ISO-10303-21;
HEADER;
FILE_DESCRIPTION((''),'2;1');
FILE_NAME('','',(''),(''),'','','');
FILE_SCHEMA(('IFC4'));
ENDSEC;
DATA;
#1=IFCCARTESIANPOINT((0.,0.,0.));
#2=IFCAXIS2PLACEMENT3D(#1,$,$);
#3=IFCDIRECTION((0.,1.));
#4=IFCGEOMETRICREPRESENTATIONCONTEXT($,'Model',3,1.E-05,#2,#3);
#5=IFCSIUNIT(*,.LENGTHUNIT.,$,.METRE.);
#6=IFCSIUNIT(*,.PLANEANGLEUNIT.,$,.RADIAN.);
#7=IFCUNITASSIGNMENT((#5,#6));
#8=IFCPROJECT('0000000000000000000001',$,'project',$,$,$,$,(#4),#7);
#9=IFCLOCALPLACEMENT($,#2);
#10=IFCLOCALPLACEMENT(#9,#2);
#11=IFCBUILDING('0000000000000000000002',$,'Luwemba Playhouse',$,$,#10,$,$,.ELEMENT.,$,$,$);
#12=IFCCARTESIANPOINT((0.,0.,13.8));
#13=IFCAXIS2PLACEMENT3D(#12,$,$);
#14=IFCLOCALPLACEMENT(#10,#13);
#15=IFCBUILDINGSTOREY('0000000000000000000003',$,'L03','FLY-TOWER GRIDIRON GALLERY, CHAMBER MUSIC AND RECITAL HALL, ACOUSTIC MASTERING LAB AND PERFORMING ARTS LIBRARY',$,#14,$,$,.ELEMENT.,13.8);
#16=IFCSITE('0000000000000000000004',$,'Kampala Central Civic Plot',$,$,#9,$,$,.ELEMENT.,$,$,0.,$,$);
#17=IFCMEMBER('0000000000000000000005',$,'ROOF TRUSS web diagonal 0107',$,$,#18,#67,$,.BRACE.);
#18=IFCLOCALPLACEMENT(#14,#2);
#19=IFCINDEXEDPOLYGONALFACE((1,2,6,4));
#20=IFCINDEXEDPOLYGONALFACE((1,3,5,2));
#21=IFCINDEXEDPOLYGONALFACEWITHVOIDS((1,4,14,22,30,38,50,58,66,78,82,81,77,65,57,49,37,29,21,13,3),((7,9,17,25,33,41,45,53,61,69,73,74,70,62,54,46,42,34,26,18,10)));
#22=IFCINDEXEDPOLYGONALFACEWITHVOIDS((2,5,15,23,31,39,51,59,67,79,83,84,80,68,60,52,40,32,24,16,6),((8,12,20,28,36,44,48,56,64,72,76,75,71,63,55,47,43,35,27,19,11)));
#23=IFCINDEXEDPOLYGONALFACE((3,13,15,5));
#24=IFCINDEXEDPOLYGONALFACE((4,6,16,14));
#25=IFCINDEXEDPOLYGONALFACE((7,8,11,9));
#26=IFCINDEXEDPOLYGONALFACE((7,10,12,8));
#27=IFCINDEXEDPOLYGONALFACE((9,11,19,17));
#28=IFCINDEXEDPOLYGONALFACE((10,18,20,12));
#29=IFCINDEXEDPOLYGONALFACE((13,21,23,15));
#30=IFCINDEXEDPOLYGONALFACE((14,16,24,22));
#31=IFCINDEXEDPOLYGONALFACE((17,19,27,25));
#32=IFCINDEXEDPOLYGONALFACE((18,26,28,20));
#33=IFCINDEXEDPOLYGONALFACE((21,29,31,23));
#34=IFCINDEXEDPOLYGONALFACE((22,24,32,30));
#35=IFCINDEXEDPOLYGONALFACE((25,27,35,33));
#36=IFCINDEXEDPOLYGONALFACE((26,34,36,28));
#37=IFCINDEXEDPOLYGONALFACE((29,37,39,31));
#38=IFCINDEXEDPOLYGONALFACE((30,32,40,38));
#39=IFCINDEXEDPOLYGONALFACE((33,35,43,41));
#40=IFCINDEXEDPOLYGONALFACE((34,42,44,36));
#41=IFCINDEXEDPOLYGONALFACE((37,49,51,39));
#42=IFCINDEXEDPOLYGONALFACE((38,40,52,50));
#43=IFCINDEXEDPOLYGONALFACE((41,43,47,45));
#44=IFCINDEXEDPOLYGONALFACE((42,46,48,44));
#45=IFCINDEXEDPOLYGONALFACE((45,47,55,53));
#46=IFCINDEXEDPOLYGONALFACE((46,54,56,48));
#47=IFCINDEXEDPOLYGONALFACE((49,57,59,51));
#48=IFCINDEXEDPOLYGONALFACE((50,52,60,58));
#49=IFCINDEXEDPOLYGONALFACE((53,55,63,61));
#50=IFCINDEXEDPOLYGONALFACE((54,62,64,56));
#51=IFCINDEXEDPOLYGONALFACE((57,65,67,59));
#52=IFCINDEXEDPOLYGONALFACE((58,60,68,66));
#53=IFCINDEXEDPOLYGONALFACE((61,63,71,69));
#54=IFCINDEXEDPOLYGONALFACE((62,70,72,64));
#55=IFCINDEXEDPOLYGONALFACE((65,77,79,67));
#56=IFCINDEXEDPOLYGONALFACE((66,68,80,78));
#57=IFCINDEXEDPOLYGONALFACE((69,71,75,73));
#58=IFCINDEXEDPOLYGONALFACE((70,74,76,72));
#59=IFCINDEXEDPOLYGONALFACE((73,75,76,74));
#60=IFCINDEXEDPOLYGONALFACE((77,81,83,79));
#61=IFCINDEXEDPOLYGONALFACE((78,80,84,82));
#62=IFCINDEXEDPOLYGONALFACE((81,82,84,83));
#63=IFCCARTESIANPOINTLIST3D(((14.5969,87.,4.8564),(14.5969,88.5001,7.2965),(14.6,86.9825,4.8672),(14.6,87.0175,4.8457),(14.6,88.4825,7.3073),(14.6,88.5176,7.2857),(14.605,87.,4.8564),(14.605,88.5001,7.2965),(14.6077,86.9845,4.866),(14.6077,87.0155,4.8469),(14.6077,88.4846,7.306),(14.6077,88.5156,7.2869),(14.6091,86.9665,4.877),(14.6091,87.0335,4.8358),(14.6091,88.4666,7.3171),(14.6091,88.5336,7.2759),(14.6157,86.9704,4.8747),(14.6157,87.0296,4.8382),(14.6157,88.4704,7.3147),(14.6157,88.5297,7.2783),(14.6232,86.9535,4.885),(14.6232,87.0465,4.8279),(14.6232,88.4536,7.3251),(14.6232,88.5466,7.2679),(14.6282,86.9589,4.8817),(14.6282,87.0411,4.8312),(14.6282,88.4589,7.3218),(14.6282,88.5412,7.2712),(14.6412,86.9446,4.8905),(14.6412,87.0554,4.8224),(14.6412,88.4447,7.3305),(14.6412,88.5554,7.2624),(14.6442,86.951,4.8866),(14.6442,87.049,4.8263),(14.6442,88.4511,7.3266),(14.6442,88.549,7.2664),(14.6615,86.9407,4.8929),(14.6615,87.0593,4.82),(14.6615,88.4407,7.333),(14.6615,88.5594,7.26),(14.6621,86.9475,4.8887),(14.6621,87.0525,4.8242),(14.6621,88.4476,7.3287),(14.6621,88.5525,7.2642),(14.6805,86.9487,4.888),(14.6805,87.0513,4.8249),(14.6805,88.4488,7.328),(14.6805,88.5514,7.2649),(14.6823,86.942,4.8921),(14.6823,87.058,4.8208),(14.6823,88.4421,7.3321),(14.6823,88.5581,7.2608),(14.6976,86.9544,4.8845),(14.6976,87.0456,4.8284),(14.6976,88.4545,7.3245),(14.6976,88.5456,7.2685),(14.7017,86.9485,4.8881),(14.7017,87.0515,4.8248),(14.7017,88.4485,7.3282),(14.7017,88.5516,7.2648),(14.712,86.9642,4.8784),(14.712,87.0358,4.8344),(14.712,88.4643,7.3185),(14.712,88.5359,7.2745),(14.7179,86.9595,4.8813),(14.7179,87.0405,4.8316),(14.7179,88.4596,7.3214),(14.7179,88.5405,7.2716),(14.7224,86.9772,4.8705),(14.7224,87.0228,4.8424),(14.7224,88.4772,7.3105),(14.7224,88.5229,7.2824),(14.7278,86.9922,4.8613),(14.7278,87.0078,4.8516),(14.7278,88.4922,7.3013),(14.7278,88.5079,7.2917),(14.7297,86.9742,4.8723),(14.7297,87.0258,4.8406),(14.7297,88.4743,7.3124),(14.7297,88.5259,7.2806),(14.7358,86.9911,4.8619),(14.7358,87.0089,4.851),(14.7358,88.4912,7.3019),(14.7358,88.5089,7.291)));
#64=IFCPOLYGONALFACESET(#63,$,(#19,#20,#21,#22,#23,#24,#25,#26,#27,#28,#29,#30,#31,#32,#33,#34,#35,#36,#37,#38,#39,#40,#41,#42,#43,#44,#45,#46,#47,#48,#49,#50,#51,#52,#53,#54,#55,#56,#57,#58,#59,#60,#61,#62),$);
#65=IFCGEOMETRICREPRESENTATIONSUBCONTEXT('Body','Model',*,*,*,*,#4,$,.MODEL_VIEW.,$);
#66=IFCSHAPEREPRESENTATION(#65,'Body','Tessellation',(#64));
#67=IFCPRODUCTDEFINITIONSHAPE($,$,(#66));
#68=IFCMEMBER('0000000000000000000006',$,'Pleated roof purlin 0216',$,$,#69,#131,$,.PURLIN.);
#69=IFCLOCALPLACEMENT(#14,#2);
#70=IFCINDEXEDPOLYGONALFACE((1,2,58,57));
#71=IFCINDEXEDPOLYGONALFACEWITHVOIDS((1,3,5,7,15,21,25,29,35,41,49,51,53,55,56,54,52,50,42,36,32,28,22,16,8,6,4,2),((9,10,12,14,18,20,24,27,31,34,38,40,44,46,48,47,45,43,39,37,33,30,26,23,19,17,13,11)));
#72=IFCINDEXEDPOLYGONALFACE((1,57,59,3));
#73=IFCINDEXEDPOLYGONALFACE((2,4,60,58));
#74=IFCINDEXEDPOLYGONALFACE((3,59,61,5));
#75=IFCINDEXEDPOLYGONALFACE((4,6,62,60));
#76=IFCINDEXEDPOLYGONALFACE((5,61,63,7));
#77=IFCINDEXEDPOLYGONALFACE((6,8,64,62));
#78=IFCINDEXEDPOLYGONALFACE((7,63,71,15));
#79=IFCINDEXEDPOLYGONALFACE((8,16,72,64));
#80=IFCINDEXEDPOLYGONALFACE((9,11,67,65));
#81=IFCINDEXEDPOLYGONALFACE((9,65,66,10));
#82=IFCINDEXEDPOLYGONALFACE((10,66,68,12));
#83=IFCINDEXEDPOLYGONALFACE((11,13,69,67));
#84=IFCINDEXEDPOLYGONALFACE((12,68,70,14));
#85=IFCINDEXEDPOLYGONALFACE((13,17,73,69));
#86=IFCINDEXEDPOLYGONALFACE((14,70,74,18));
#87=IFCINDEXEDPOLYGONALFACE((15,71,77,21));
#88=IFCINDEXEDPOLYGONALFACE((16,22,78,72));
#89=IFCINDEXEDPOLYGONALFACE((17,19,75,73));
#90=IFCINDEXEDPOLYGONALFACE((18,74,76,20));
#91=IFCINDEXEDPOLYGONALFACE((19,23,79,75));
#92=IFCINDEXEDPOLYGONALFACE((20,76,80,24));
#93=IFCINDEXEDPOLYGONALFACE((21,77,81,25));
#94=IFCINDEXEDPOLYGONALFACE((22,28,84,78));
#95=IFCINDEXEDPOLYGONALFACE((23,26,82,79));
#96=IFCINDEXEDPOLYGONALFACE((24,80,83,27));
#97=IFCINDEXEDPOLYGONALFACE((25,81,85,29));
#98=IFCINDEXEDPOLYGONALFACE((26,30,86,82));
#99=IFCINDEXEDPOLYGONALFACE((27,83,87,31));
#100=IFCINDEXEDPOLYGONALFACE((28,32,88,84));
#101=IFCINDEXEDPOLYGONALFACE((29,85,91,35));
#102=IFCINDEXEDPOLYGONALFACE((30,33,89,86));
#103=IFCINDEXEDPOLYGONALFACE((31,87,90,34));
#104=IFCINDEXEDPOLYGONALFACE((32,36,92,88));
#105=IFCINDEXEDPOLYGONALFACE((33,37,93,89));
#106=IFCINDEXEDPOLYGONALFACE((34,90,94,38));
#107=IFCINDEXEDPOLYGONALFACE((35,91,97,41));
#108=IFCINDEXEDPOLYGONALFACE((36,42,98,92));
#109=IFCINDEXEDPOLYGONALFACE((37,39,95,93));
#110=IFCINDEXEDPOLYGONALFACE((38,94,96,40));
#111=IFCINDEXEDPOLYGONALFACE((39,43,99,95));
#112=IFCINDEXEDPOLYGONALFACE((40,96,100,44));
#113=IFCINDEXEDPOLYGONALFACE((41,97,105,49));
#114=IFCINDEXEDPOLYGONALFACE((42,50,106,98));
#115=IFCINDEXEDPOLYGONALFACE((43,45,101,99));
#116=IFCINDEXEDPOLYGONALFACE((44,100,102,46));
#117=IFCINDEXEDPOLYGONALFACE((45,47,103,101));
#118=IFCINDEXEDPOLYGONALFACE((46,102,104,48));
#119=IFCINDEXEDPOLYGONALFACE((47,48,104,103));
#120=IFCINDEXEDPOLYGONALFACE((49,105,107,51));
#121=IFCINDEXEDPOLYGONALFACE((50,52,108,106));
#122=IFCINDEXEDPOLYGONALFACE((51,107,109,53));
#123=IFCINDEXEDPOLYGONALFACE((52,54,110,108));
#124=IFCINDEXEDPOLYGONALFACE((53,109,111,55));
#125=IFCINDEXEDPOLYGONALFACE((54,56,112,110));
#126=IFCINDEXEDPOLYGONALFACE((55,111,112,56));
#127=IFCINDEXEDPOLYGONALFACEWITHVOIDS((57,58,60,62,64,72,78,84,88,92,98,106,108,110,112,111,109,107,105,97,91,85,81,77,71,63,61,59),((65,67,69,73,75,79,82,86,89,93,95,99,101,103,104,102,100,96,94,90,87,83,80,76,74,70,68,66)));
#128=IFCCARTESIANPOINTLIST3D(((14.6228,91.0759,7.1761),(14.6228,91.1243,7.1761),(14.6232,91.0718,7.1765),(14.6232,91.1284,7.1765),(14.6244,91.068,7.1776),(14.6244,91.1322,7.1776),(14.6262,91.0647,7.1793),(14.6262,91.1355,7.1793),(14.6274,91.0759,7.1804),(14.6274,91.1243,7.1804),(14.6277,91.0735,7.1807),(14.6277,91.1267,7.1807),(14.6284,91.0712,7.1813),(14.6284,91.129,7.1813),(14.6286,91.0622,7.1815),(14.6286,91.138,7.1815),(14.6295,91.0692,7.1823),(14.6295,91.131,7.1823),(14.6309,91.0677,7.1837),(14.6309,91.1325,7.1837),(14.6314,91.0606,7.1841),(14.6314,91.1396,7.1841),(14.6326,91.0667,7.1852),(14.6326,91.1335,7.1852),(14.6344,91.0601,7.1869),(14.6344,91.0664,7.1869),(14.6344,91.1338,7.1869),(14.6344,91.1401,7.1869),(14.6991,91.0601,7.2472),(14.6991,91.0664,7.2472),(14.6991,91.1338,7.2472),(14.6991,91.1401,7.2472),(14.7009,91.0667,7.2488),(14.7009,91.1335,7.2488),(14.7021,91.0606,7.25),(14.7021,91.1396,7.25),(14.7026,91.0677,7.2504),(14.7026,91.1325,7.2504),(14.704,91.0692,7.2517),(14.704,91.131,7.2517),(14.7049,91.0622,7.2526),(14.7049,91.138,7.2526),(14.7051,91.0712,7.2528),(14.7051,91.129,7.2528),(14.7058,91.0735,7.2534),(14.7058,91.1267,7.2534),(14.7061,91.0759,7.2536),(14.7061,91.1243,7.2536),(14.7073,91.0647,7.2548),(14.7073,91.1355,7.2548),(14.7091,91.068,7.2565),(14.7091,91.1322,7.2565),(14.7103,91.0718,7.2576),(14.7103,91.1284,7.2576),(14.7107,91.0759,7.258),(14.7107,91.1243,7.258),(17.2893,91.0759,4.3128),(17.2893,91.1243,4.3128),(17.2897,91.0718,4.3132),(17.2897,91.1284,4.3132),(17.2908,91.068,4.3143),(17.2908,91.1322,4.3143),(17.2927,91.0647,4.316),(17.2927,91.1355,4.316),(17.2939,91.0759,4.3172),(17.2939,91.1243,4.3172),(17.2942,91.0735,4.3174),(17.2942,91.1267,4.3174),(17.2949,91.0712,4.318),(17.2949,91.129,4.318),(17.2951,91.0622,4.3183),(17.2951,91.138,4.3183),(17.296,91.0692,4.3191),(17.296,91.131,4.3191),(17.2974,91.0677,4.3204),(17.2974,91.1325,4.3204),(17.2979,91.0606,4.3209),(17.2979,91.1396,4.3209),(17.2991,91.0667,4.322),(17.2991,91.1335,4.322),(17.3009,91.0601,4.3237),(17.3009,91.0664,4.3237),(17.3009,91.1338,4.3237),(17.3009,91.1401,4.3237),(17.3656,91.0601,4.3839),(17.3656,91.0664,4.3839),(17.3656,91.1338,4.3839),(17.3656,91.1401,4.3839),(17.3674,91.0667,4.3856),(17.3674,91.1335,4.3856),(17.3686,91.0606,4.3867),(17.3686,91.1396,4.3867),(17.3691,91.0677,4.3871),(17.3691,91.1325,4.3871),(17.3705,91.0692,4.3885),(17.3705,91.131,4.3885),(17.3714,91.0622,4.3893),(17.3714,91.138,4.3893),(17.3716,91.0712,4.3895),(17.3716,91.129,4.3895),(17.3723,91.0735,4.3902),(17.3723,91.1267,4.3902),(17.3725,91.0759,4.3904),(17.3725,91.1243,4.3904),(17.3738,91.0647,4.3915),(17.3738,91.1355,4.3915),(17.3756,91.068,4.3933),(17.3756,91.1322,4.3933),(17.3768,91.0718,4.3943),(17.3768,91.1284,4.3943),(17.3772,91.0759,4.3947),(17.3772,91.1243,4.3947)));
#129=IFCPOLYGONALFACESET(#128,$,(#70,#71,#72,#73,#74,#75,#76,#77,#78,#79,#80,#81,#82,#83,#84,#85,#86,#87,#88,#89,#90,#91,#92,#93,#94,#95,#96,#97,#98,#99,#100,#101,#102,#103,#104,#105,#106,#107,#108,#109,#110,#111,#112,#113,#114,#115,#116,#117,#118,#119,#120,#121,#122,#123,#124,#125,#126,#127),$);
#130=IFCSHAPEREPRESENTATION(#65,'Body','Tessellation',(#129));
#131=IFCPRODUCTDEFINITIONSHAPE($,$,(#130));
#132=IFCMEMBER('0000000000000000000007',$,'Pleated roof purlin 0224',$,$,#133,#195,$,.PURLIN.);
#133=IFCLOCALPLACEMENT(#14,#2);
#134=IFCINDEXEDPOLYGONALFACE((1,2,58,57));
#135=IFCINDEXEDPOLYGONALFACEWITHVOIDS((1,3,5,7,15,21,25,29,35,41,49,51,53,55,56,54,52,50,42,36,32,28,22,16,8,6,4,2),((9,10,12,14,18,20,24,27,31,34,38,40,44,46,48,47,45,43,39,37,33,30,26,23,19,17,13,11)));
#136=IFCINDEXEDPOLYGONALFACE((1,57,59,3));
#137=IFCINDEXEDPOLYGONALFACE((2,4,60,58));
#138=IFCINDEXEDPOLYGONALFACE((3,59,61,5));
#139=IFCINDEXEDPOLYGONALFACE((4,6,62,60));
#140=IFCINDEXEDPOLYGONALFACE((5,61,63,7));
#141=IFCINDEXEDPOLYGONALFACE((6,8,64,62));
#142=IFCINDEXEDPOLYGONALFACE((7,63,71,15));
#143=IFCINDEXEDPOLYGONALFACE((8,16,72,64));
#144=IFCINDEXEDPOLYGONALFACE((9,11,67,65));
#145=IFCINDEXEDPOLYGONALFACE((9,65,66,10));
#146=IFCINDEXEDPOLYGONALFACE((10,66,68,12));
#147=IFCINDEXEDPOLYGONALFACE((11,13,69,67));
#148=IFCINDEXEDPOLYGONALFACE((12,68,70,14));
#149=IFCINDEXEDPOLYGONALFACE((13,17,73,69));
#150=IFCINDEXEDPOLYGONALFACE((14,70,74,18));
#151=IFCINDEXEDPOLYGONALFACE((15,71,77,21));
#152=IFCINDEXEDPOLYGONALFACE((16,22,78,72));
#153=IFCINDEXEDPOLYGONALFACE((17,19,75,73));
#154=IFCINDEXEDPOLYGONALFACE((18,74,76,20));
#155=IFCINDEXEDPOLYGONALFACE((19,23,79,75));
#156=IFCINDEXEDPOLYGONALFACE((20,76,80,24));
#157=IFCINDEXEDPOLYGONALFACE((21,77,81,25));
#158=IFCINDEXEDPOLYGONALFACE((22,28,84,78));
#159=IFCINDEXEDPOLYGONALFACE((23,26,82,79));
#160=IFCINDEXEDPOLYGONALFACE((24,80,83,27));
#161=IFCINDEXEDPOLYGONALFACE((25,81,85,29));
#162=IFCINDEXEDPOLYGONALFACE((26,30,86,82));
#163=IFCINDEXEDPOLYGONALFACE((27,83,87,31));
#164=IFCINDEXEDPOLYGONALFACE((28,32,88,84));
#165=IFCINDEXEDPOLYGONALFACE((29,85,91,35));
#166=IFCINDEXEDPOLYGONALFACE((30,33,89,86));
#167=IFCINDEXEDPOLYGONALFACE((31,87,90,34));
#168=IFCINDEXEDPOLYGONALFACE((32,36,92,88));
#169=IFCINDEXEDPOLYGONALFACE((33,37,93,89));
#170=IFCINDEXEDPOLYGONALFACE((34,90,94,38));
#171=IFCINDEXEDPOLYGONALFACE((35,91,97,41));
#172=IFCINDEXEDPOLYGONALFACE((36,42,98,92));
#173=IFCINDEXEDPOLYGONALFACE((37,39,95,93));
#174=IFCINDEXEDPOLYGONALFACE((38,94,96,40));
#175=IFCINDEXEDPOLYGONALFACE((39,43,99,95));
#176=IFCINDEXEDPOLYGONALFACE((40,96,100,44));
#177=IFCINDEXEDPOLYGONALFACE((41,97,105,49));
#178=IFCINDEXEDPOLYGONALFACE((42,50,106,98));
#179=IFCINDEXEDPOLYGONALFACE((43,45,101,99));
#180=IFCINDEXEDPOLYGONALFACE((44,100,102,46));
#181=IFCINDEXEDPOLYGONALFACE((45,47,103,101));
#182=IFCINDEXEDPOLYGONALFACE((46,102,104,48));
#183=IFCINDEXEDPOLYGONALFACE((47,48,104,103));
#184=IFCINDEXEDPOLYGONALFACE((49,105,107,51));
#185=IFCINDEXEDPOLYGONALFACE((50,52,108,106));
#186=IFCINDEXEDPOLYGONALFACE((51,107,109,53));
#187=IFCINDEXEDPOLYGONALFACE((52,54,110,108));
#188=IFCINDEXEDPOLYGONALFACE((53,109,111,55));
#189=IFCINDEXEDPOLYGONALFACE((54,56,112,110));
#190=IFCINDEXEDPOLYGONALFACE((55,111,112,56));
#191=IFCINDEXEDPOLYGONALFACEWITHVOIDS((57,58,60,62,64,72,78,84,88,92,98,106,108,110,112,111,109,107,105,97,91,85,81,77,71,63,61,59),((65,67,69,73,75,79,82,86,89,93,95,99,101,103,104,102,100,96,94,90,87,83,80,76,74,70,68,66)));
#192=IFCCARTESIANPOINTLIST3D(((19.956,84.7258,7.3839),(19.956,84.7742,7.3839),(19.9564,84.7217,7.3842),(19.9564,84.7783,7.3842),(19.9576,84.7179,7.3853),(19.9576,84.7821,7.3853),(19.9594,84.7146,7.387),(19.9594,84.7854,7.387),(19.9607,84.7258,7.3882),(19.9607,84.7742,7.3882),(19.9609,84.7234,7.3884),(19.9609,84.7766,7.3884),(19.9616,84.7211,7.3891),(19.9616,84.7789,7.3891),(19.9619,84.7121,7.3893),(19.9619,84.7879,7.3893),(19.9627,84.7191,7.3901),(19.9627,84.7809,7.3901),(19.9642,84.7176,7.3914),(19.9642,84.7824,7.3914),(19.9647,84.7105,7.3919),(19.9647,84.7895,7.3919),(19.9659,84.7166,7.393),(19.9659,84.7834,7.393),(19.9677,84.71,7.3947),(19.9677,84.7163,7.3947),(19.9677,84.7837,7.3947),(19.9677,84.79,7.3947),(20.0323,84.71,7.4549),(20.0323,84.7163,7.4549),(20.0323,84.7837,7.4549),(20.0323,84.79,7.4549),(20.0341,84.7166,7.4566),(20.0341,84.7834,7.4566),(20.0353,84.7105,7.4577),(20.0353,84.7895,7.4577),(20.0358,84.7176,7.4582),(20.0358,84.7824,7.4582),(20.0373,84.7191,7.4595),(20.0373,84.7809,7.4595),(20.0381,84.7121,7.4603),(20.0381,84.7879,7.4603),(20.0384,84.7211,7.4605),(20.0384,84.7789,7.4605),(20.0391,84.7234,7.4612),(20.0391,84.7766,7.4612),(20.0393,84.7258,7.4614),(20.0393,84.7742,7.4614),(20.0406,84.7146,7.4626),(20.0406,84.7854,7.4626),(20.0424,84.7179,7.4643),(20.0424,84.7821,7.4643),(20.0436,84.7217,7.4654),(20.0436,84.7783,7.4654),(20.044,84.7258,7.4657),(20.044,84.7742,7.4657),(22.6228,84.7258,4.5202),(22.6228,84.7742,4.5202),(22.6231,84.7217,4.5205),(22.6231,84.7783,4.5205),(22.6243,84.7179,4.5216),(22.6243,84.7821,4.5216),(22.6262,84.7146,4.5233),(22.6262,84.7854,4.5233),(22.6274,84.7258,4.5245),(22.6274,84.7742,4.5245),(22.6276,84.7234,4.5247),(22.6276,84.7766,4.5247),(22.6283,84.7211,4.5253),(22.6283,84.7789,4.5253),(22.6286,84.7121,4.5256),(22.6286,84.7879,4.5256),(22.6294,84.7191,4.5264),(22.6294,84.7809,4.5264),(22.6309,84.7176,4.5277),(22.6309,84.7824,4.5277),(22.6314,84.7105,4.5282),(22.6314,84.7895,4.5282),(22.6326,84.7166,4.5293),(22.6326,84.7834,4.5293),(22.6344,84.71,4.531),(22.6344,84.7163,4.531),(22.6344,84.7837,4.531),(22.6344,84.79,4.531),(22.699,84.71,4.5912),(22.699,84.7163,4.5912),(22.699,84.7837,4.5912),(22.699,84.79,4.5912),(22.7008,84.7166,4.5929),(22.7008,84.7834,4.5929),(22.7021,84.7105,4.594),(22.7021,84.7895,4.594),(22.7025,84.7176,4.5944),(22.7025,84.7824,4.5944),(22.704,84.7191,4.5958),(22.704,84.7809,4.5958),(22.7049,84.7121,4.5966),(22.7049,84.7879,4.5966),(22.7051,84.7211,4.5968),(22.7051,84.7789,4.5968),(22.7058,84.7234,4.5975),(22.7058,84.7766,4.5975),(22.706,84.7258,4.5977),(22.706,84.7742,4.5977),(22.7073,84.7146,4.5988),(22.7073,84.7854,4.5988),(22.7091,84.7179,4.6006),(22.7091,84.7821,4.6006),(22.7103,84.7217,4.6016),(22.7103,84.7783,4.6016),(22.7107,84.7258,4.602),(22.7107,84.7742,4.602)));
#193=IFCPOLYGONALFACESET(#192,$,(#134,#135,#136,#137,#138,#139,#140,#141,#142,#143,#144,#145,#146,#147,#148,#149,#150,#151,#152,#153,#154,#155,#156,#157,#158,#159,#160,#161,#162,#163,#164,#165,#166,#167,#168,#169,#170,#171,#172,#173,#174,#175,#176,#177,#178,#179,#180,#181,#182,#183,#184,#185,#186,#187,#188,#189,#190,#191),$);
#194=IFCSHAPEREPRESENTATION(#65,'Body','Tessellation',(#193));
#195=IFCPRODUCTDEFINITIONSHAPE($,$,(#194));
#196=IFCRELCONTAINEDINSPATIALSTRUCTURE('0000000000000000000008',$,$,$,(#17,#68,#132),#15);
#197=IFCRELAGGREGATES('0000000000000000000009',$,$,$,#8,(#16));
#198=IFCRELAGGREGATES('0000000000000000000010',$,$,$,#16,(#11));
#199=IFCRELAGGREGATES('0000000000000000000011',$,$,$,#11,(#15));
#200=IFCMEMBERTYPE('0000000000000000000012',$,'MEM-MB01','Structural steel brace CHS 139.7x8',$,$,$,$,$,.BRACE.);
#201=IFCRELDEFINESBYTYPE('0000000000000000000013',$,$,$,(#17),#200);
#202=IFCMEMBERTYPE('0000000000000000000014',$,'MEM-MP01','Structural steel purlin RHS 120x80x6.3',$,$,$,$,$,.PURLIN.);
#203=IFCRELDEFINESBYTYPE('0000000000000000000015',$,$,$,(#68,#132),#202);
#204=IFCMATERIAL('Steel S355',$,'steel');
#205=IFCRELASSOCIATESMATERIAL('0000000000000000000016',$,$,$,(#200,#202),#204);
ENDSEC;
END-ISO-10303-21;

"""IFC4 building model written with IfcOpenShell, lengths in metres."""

from ifc_helpers import new_model, si_unit, direction, frame, origin, origin_2d, place, context, subcontext, project, spatial, hollow_rectangle, hollow_circle, extrude, material, material_profile, profile_set, type_object, element, save


model = new_model("IFC4")

# Units and contexts
model_context = context("Model", 3, precision=1e-05, world=origin(), true_north=direction((0.0, 1.0)))
body_context = subcontext(model_context, "Body", "Model", "MODEL_VIEW")
ifc_project = project(units=[si_unit("LENGTHUNIT", "METRE"), si_unit("PLANEANGLEUNIT", "RADIAN")], contexts=[model_context])

# Site, building, storey
site_placement = place(None, origin())
site = spatial("IfcSite", under=ifc_project, at=site_placement, Name="Kampala Central Civic Plot", CompositionType="ELEMENT", RefElevation=0.0)
building_placement = place(site_placement, origin())
building = spatial("IfcBuilding", under=site, at=building_placement, Name="Luwemba Playhouse", CompositionType="ELEMENT")
storey_placement = place(building_placement, frame((0.0, 0.0, 13.8)))
storey = spatial("IfcBuildingStorey", under=building, at=storey_placement, Name="L03", Description="FLY-TOWER GRIDIRON GALLERY, CHAMBER MUSIC AND RECITAL HALL, ACOUSTIC MASTERING LAB AND PERFORMING ARTS LIBRARY", CompositionType="ELEMENT", Elevation=13.8)

# Shared definitions
ifc_material_1 = material(Name="Steel S355", Category="steel")

# Members
ifc_material_profile_1 = material_profile(ifc_material_1, hollow_circle(Radius=0.0698, WallThickness=0.0081, at=origin_2d()))
ifc_profile_set_1 = profile_set([ifc_material_profile_1], Name="Steel S355")
member_type_1 = type_object("IfcMemberType", Name="MEM-MB01", Description="Structural steel brace CHS 139.7x8", PredefinedType="BRACE", material=ifc_profile_set_1)
member_1_placement = place(storey_placement, frame((14.6667, 87.0, 4.8564), z_axis=(0.0, 0.523717, 0.851892), x_axis=(-1.0, 0.0, 0.0)))
element("IfcMember", 1, at=member_1_placement, inside=storey, type_object=member_type_1, Name="ROOF TRUSS web diagonal 0107", PredefinedType="BRACE", context=body_context, shape_type="SweptSolid", body=[
    extrude(hollow_circle(Radius=0.0698, WallThickness=0.0081, at=origin_2d()), origin(), (0.0, 0.0, 1.0), 2.8643),
])
ifc_material_profile_2 = material_profile(ifc_material_1, hollow_rectangle(XDim=0.0801, YDim=0.1201, WallThickness=0.0063, InnerFilletRadius=0.0095, OuterFilletRadius=0.0159, at=origin_2d()))
ifc_profile_set_2 = profile_set([ifc_material_profile_2], Name="Steel S355")
member_type_2 = type_object("IfcMemberType", Name="MEM-MP01", Description="Structural steel purlin RHS 120x80x6.3", PredefinedType="PURLIN", material=ifc_profile_set_2)
member_2_placement = place(storey_placement, frame((14.6667, 91.1001, 7.217), z_axis=(0.681513, 0.0, -0.731806), x_axis=(0.0, 1.0, 0.0)))
element("IfcMember", 2, at=member_2_placement, inside=storey, type_object=member_type_2, Name="Pleated roof purlin 0216", PredefinedType="PURLIN", context=body_context, shape_type="SweptSolid", body=[
    extrude(hollow_rectangle(XDim=0.0801, YDim=0.1201, WallThickness=0.0063, InnerFilletRadius=0.0095, OuterFilletRadius=0.0159, at=origin_2d()), origin(), (0.0, 0.0, 1.0), 3.9126),
])
member_3_placement = place(storey_placement, frame((20.0, 84.75, 7.4248), z_axis=(0.681484, 0.0, -0.731833), x_axis=(0.0, 1.0, 0.0)))
element("IfcMember", 3, at=member_3_placement, inside=storey, type_object=member_type_2, Name="Pleated roof purlin 0224", PredefinedType="PURLIN", context=body_context, shape_type="SweptSolid", body=[
    extrude(hollow_rectangle(XDim=0.0801, YDim=0.1201, WallThickness=0.0063, InnerFilletRadius=0.0095, OuterFilletRadius=0.0159, at=origin_2d()), origin(), (0.0, 0.0, 1.0), 3.9131),
])

save(model, "model.ifc")
